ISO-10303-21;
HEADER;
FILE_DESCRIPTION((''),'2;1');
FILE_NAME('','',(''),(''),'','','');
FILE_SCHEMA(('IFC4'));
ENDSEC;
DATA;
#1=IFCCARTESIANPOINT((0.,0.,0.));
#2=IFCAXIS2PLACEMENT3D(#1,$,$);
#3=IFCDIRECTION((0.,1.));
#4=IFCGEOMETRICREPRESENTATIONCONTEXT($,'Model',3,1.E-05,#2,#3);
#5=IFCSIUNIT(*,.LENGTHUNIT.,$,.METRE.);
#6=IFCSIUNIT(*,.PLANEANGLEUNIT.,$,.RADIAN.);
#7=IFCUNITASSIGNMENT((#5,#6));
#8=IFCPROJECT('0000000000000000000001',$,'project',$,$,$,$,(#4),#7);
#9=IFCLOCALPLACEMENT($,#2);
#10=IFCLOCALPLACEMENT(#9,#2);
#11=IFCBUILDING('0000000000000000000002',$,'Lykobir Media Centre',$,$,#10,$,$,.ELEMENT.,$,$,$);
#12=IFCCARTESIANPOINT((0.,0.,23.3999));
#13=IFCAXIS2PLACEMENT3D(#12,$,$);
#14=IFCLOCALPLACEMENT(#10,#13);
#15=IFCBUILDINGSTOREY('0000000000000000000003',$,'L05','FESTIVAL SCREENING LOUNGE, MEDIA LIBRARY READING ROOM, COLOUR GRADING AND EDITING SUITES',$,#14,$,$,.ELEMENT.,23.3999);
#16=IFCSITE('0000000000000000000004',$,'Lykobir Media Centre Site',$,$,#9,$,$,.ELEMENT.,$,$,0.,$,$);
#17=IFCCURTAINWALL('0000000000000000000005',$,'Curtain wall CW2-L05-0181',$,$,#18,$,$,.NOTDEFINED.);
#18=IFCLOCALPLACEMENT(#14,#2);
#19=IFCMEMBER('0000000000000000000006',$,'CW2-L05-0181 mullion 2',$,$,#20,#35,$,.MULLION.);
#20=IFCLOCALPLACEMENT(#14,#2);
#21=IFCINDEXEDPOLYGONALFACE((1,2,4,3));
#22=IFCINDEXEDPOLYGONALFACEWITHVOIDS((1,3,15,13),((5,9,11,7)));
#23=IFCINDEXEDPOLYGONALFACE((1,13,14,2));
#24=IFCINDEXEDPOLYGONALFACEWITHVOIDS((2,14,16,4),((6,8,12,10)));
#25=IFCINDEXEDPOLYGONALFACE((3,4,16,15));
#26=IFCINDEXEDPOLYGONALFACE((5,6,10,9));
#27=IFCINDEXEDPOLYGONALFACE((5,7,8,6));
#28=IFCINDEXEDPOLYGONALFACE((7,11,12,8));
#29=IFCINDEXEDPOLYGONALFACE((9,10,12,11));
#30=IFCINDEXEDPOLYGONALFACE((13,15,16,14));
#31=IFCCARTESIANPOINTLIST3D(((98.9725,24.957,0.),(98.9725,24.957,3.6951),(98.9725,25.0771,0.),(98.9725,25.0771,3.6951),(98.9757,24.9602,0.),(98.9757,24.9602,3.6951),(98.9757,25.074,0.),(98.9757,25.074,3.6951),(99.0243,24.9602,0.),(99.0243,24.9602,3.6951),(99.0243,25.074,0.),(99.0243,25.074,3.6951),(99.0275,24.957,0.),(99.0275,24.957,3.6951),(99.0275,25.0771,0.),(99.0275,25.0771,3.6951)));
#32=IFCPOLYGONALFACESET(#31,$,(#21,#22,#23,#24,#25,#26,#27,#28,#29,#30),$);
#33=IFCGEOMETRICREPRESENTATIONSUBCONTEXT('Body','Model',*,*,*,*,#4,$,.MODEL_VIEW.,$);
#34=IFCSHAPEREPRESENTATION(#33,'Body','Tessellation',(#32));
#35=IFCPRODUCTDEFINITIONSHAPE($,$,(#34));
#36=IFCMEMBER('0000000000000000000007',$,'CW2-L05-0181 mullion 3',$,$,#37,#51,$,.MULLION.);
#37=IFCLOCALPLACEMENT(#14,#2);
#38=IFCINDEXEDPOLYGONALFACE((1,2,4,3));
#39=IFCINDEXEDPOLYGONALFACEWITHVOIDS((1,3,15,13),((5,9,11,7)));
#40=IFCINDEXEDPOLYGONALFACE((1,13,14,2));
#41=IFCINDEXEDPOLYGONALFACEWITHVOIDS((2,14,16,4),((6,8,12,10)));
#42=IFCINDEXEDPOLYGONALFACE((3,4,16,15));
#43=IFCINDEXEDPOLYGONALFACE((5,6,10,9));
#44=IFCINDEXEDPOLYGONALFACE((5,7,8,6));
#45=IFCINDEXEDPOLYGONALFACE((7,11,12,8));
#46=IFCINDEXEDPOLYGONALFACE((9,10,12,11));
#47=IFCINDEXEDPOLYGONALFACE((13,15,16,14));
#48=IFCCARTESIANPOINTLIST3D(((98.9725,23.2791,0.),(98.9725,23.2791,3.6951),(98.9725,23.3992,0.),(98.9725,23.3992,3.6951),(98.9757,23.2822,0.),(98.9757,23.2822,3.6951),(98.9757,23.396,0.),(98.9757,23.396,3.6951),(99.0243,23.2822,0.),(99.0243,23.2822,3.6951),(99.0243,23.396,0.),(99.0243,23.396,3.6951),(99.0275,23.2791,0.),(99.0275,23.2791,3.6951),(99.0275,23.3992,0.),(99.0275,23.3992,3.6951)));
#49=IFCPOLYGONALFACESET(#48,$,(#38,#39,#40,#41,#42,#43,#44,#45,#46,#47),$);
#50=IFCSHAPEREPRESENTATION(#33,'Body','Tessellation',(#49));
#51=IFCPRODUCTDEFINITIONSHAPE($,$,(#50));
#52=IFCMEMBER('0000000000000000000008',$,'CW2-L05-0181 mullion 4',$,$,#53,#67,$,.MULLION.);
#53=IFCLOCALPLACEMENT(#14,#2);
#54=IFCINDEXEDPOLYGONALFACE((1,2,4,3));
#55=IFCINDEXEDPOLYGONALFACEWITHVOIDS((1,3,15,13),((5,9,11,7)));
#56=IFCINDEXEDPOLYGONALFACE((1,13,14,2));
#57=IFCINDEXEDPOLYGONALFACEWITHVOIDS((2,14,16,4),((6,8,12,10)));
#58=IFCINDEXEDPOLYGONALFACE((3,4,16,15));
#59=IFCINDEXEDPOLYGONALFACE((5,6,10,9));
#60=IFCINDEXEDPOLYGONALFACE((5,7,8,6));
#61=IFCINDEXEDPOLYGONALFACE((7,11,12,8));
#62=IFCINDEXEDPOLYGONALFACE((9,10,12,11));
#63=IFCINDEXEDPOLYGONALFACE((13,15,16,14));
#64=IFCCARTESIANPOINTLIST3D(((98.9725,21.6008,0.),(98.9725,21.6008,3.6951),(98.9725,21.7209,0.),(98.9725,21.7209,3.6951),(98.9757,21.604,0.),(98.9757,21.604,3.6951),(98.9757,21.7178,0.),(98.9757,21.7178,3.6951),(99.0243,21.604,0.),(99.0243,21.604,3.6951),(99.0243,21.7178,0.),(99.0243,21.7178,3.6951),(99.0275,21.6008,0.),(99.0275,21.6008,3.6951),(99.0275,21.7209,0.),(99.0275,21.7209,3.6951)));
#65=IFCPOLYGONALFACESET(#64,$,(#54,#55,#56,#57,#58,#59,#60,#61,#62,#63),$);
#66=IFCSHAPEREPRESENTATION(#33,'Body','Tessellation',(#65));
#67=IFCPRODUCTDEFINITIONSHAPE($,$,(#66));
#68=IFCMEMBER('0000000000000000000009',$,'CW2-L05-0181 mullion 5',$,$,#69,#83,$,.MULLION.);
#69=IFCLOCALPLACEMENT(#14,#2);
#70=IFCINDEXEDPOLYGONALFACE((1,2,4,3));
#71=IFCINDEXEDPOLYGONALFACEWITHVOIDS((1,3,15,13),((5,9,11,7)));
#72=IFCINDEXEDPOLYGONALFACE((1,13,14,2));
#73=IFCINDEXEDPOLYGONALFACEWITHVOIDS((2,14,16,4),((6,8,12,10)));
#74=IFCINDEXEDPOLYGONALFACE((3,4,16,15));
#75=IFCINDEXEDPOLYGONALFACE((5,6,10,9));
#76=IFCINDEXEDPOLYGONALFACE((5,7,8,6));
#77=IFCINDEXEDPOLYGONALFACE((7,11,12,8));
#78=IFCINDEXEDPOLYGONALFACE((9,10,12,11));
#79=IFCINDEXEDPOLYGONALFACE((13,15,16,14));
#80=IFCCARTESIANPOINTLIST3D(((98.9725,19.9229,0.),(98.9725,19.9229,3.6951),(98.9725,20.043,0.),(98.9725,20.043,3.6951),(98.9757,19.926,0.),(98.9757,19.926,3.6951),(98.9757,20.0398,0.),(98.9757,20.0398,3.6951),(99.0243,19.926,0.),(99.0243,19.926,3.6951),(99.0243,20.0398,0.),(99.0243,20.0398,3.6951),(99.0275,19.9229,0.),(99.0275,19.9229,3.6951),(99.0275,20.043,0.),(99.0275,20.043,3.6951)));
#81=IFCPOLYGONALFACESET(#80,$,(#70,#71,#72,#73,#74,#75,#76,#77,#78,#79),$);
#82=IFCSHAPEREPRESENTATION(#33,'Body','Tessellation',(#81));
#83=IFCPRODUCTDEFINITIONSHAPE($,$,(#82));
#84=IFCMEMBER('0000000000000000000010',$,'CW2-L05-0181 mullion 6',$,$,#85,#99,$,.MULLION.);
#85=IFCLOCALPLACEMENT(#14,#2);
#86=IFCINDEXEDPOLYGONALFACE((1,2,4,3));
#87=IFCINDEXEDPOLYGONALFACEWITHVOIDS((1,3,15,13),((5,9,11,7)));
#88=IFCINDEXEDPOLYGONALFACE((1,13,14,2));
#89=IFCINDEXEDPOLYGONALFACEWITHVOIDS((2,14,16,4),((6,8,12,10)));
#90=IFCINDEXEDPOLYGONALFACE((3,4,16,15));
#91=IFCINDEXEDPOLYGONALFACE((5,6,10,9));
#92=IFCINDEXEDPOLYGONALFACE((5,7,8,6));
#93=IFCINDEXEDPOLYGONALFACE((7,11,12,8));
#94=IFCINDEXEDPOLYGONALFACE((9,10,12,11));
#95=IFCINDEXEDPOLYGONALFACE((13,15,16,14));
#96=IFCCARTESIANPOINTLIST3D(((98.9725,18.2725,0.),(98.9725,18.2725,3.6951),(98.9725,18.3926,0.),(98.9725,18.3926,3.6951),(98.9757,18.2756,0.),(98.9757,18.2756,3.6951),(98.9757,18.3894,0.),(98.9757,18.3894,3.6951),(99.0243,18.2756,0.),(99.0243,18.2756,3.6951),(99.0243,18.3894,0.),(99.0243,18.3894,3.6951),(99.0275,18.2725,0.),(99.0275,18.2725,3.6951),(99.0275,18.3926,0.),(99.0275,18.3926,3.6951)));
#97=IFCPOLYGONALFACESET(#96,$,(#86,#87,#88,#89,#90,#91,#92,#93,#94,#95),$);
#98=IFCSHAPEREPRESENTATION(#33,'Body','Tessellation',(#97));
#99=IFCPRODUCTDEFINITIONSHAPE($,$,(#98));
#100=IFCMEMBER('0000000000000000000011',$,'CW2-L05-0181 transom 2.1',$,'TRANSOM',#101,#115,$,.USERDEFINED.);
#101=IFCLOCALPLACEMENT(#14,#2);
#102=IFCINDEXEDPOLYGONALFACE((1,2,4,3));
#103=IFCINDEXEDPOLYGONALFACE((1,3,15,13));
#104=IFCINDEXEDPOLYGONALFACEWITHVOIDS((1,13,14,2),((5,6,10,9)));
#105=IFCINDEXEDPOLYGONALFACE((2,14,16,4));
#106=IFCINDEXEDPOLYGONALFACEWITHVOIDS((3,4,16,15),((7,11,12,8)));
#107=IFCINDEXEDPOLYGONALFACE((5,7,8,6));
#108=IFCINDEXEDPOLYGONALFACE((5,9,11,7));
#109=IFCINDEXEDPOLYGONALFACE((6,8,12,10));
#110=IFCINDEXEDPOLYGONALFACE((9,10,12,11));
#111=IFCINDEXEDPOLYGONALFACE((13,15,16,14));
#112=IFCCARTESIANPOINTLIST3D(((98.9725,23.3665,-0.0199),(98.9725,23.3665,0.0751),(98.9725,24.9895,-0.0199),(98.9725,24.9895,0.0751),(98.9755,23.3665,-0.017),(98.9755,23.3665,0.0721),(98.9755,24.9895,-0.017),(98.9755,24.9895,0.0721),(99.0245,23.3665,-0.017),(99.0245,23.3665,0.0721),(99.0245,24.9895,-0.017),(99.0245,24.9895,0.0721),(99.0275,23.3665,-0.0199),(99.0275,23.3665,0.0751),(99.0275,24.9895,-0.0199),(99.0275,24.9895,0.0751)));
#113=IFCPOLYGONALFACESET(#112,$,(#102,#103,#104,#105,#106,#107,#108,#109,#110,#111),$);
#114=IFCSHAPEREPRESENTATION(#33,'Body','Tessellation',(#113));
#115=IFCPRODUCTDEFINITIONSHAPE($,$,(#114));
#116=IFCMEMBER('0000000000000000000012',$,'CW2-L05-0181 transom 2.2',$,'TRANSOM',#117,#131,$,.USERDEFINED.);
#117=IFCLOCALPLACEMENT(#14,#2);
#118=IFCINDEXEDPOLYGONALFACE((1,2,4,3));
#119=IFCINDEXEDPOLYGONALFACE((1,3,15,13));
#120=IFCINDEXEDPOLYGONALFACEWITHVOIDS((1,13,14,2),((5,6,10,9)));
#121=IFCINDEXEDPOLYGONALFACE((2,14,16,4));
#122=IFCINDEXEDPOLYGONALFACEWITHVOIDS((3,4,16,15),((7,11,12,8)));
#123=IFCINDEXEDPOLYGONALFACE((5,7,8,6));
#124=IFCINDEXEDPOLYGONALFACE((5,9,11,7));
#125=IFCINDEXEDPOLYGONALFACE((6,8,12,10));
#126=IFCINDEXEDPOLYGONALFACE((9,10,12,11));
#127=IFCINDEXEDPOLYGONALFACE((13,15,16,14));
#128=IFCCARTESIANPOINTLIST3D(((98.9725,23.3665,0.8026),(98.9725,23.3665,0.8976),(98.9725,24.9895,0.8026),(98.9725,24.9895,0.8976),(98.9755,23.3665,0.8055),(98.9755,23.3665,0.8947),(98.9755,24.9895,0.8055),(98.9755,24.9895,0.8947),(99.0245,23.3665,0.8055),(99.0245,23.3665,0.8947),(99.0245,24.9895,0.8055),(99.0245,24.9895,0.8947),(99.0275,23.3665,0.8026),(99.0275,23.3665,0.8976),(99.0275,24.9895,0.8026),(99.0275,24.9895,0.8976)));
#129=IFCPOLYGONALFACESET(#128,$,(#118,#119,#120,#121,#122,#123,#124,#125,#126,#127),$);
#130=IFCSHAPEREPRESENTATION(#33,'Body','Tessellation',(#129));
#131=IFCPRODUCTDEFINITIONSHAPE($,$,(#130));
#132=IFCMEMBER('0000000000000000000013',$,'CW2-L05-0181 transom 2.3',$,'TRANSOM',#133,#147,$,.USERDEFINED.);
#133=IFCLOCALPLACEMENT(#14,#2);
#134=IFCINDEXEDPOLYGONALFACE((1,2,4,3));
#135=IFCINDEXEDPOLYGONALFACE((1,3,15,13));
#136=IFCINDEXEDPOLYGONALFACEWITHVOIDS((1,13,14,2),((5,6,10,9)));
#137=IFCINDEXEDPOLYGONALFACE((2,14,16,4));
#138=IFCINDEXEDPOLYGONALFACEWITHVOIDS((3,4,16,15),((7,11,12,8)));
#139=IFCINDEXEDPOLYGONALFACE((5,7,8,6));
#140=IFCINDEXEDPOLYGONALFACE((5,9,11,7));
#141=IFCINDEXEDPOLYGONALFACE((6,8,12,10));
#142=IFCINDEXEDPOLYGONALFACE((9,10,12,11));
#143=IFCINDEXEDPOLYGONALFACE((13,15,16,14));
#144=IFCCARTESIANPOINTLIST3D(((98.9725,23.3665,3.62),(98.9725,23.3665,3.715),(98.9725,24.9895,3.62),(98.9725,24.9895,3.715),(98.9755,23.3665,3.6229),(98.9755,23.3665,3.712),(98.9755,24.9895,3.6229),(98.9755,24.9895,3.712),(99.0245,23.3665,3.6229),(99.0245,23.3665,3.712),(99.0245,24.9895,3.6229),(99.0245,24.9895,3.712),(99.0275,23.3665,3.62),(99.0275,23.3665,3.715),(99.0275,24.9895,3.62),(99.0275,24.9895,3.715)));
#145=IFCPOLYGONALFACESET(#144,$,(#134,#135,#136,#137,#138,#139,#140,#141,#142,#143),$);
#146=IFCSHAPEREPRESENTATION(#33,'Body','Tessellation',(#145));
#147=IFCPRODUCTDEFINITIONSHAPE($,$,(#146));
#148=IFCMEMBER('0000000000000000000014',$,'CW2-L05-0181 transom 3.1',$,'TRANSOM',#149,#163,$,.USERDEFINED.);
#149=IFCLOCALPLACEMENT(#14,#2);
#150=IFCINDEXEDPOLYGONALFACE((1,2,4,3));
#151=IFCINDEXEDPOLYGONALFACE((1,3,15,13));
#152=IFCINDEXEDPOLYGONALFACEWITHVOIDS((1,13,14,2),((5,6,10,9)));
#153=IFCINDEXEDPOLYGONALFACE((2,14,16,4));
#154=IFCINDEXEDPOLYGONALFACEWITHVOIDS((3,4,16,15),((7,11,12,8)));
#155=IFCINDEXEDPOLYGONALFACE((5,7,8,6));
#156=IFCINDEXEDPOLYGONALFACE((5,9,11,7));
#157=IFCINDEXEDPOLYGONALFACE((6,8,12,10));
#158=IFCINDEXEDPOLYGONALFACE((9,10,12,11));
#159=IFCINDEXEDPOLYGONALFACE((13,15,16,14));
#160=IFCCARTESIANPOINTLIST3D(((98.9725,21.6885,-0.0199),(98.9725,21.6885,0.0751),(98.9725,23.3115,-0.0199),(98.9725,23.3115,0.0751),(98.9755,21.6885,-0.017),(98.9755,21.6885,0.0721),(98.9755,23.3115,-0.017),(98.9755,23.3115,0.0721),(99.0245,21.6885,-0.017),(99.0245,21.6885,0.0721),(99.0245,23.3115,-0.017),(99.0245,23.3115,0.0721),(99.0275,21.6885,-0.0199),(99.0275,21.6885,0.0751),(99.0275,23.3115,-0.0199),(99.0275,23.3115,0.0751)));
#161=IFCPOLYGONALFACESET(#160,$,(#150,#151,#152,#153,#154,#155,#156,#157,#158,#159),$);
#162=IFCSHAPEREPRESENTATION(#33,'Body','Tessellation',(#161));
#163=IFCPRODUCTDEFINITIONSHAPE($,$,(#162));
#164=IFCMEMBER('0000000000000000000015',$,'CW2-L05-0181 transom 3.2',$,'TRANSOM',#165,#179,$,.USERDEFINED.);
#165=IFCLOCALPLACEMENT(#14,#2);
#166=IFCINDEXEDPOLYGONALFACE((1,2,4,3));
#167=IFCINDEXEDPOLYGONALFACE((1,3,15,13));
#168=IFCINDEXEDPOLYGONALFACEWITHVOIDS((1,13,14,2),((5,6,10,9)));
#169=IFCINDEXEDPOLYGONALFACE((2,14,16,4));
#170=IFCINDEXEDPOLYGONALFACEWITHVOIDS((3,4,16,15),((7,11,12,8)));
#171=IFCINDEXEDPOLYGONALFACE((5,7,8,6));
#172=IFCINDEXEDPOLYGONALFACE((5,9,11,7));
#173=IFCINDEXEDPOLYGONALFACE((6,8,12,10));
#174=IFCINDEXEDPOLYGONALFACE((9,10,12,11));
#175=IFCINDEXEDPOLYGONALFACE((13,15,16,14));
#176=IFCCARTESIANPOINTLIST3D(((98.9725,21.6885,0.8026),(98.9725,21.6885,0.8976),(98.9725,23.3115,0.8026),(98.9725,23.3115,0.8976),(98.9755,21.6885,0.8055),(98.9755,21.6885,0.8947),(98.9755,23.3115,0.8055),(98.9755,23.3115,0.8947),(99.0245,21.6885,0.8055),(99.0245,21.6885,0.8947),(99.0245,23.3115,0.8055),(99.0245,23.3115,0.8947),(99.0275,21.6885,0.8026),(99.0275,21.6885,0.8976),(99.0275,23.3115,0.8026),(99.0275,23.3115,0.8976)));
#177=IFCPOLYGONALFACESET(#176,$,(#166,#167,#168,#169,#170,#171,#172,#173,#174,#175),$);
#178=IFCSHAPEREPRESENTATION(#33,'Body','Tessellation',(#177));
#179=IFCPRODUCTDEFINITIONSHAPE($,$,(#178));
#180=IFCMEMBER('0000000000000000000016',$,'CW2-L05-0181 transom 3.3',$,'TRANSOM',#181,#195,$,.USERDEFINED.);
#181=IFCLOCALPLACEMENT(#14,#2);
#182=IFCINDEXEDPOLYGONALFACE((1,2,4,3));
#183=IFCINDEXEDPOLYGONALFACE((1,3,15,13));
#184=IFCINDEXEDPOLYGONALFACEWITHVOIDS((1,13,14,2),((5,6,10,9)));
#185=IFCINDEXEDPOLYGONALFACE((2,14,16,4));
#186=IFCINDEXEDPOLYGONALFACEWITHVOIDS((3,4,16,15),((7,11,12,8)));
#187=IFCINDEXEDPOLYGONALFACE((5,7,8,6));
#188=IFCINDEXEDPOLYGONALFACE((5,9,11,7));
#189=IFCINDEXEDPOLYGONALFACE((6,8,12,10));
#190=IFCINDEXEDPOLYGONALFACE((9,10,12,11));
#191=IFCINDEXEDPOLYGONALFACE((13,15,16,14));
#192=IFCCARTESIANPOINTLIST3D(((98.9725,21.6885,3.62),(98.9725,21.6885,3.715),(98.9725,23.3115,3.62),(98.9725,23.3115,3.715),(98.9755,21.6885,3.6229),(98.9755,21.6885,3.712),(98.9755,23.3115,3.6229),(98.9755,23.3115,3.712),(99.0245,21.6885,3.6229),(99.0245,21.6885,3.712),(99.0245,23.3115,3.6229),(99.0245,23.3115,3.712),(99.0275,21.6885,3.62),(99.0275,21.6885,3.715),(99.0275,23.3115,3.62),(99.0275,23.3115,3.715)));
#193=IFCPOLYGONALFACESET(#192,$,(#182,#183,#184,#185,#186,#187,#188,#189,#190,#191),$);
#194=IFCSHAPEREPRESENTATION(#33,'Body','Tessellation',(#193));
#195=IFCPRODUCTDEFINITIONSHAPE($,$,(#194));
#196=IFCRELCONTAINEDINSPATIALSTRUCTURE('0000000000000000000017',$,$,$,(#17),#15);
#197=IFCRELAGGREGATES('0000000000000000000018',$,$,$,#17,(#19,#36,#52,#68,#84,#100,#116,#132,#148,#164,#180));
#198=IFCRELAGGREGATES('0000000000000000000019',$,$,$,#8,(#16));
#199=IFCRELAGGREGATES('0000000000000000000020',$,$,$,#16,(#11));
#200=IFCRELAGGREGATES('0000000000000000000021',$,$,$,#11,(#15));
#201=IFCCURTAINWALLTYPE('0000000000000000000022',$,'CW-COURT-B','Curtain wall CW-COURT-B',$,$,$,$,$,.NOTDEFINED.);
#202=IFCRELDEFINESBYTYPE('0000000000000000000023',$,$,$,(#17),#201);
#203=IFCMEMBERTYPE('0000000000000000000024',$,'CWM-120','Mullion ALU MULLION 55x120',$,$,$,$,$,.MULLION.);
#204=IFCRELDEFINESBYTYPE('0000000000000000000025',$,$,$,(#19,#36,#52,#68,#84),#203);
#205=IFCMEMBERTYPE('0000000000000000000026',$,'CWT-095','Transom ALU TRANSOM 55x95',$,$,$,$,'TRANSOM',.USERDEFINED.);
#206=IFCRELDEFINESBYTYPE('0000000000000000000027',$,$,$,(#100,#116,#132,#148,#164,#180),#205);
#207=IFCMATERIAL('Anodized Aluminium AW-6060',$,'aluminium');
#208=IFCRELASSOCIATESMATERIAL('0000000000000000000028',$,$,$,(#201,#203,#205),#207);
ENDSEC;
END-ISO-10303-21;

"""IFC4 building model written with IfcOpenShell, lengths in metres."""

from ifc_helpers import new_model, si_unit, direction, frame, origin, origin_2d, place, context, subcontext, project, spatial, hollow_rectangle, extrude, material, material_profile, profile_set, type_object, element, aggregate, save


model = new_model("IFC4")

# Units and contexts
model_context = context("Model", 3, precision=1e-05, world=origin(), true_north=direction((0.0, 1.0)))
body_context = subcontext(model_context, "Body", "Model", "MODEL_VIEW")
ifc_project = project(units=[si_unit("LENGTHUNIT", "METRE"), si_unit("PLANEANGLEUNIT", "RADIAN")], contexts=[model_context])

# Site, building, storey
site_placement = place(None, origin())
site = spatial("IfcSite", under=ifc_project, at=site_placement, Name="Lykobir Media Centre Site", CompositionType="ELEMENT", RefElevation=0.0)
building_placement = place(site_placement, origin())
building = spatial("IfcBuilding", under=site, at=building_placement, Name="Lykobir Media Centre", CompositionType="ELEMENT")
storey_placement = place(building_placement, frame((0.0, 0.0, 23.3999)))
storey = spatial("IfcBuildingStorey", under=building, at=storey_placement, Name="L05", Description="FESTIVAL SCREENING LOUNGE, MEDIA LIBRARY READING ROOM, COLOUR GRADING AND EDITING SUITES", CompositionType="ELEMENT", Elevation=23.3999)

# Curtain wall, members
ifc_material_1 = material(Name="Anodized Aluminium AW-6060", Category="aluminium")
curtain_wall_type = type_object("IfcCurtainWallType", Name="CW-COURT-B", Description="Curtain wall CW-COURT-B", PredefinedType="NOTDEFINED", material=ifc_material_1)
curtain_wall_placement = place(storey_placement, origin())
curtain_wall = element("IfcCurtainWall", 1, at=curtain_wall_placement, inside=storey, type_object=curtain_wall_type, Name="Curtain wall CW2-L05-0181", PredefinedType="NOTDEFINED")
ifc_material_profile_1 = material_profile(ifc_material_1, hollow_rectangle(XDim=0.0549, YDim=0.1201, WallThickness=0.0032, at=origin_2d()), Name="ALU MULLION 55x120")
ifc_profile_set_1 = profile_set([ifc_material_profile_1], Name="Anodized Aluminium AW-6060")
member_type_1 = type_object("IfcMemberType", Name="CWM-120", Description="Mullion ALU MULLION 55x120", PredefinedType="MULLION", material=ifc_profile_set_1)
member_1_placement = place(storey_placement, frame((99.0, 25.0171, 0.0), z_axis=(0.0, 0.0, 1.0), x_axis=(1.0, 0.0, 0.0)))
member_1 = element("IfcMember", 2, at=member_1_placement, type_object=member_type_1, Name="CW2-L05-0181 mullion 2", PredefinedType="MULLION", context=body_context, shape_type="SweptSolid", body=[
    extrude(hollow_rectangle(XDim=0.0549, YDim=0.1201, WallThickness=0.0032, at=origin_2d()), origin(), (0.0, 0.0, 1.0), 3.6951),
])
member_2_placement = place(storey_placement, frame((99.0, 23.3391, 0.0), z_axis=(0.0, 0.0, 1.0), x_axis=(1.0, 0.0, 0.0)))
member_2 = element("IfcMember", 3, at=member_2_placement, type_object=member_type_1, Name="CW2-L05-0181 mullion 3", PredefinedType="MULLION", context=body_context, shape_type="SweptSolid", body=[
    extrude(hollow_rectangle(XDim=0.0549, YDim=0.1201, WallThickness=0.0032, at=origin_2d()), origin(), (0.0, 0.0, 1.0), 3.6951),
])
member_3_placement = place(storey_placement, frame((99.0, 21.6609, 0.0), z_axis=(0.0, 0.0, 1.0), x_axis=(1.0, 0.0, 0.0)))
member_3 = element("IfcMember", 4, at=member_3_placement, type_object=member_type_1, Name="CW2-L05-0181 mullion 4", PredefinedType="MULLION", context=body_context, shape_type="SweptSolid", body=[
    extrude(hollow_rectangle(XDim=0.0549, YDim=0.1201, WallThickness=0.0032, at=origin_2d()), origin(), (0.0, 0.0, 1.0), 3.6951),
])
member_4_placement = place(storey_placement, frame((99.0, 19.9829, 0.0), z_axis=(0.0, 0.0, 1.0), x_axis=(1.0, 0.0, 0.0)))
member_4 = element("IfcMember", 5, at=member_4_placement, type_object=member_type_1, Name="CW2-L05-0181 mullion 5", PredefinedType="MULLION", context=body_context, shape_type="SweptSolid", body=[
    extrude(hollow_rectangle(XDim=0.0549, YDim=0.1201, WallThickness=0.0032, at=origin_2d()), origin(), (0.0, 0.0, 1.0), 3.6951),
])
member_5_placement = place(storey_placement, frame((99.0, 18.3325, 0.0), z_axis=(0.0, 0.0, 1.0), x_axis=(1.0, 0.0, 0.0)))
member_5 = element("IfcMember", 6, at=member_5_placement, type_object=member_type_1, Name="CW2-L05-0181 mullion 6", PredefinedType="MULLION", context=body_context, shape_type="SweptSolid", body=[
    extrude(hollow_rectangle(XDim=0.0549, YDim=0.1201, WallThickness=0.0032, at=origin_2d()), origin(), (0.0, 0.0, 1.0), 3.6951),
])
ifc_material_profile_2 = material_profile(ifc_material_1, hollow_rectangle(XDim=0.0549, YDim=0.095, WallThickness=0.0029, at=origin_2d()), Name="ALU TRANSOM 55x95")
ifc_profile_set_2 = profile_set([ifc_material_profile_2], Name="Anodized Aluminium AW-6060")
member_type_2 = type_object("IfcMemberType", Name="CWT-095", Description="Transom ALU TRANSOM 55x95", ElementType="TRANSOM", PredefinedType="USERDEFINED", material=ifc_profile_set_2)
member_6_placement = place(storey_placement, frame((99.0, 24.9895, 0.0276), z_axis=(0.0, -1.0, 0.0), x_axis=(1.0, 0.0, 0.0)))
member_6 = element("IfcMember", 7, at=member_6_placement, type_object=member_type_2, Name="CW2-L05-0181 transom 2.1", ObjectType="TRANSOM", PredefinedType="USERDEFINED", context=body_context, shape_type="SweptSolid", body=[
    extrude(hollow_rectangle(XDim=0.0549, YDim=0.095, WallThickness=0.0029, at=origin_2d()), origin(), (0.0, 0.0, 1.0), 1.623),
])
member_7_placement = place(storey_placement, frame((99.0, 24.9895, 0.8501), z_axis=(0.0, -1.0, 0.0), x_axis=(1.0, 0.0, 0.0)))
member_7 = element("IfcMember", 8, at=member_7_placement, type_object=member_type_2, Name="CW2-L05-0181 transom 2.2", ObjectType="TRANSOM", PredefinedType="USERDEFINED", context=body_context, shape_type="SweptSolid", body=[
    extrude(hollow_rectangle(XDim=0.0549, YDim=0.095, WallThickness=0.0029, at=origin_2d()), origin(), (0.0, 0.0, 1.0), 1.623),
])
member_8_placement = place(storey_placement, frame((99.0, 24.9895, 3.6675), z_axis=(0.0, -1.0, 0.0), x_axis=(1.0, 0.0, 0.0)))
member_8 = element("IfcMember", 9, at=member_8_placement, type_object=member_type_2, Name="CW2-L05-0181 transom 2.3", ObjectType="TRANSOM", PredefinedType="USERDEFINED", context=body_context, shape_type="SweptSolid", body=[
    extrude(hollow_rectangle(XDim=0.0549, YDim=0.095, WallThickness=0.0029, at=origin_2d()), origin(), (0.0, 0.0, 1.0), 1.623),
])
member_9_placement = place(storey_placement, frame((99.0, 23.3115, 0.0276), z_axis=(0.0, -1.0, 0.0), x_axis=(1.0, 0.0, 0.0)))
member_9 = element("IfcMember", 10, at=member_9_placement, type_object=member_type_2, Name="CW2-L05-0181 transom 3.1", ObjectType="TRANSOM", PredefinedType="USERDEFINED", context=body_context, shape_type="SweptSolid", body=[
    extrude(hollow_rectangle(XDim=0.0549, YDim=0.095, WallThickness=0.0029, at=origin_2d()), origin(), (0.0, 0.0, 1.0), 1.623),
])
member_10_placement = place(storey_placement, frame((99.0, 23.3115, 0.8501), z_axis=(0.0, -1.0, 0.0), x_axis=(1.0, 0.0, 0.0)))
member_10 = element("IfcMember", 11, at=member_10_placement, type_object=member_type_2, Name="CW2-L05-0181 transom 3.2", ObjectType="TRANSOM", PredefinedType="USERDEFINED", context=body_context, shape_type="SweptSolid", body=[
    extrude(hollow_rectangle(XDim=0.0549, YDim=0.095, WallThickness=0.0029, at=origin_2d()), origin(), (0.0, 0.0, 1.0), 1.623),
])
member_11_placement = place(storey_placement, frame((99.0, 23.3115, 3.6675), z_axis=(0.0, -1.0, 0.0), x_axis=(1.0, 0.0, 0.0)))
member_11 = element("IfcMember", 12, at=member_11_placement, type_object=member_type_2, Name="CW2-L05-0181 transom 3.3", ObjectType="TRANSOM", PredefinedType="USERDEFINED", context=body_context, shape_type="SweptSolid", body=[
    extrude(hollow_rectangle(XDim=0.0549, YDim=0.095, WallThickness=0.0029, at=origin_2d()), origin(), (0.0, 0.0, 1.0), 1.623),
])
aggregate(curtain_wall, [member_1, member_2, member_3, member_4, member_5, member_6, member_7, member_8, member_9, member_10, member_11])

save(model, "model.ifc")
